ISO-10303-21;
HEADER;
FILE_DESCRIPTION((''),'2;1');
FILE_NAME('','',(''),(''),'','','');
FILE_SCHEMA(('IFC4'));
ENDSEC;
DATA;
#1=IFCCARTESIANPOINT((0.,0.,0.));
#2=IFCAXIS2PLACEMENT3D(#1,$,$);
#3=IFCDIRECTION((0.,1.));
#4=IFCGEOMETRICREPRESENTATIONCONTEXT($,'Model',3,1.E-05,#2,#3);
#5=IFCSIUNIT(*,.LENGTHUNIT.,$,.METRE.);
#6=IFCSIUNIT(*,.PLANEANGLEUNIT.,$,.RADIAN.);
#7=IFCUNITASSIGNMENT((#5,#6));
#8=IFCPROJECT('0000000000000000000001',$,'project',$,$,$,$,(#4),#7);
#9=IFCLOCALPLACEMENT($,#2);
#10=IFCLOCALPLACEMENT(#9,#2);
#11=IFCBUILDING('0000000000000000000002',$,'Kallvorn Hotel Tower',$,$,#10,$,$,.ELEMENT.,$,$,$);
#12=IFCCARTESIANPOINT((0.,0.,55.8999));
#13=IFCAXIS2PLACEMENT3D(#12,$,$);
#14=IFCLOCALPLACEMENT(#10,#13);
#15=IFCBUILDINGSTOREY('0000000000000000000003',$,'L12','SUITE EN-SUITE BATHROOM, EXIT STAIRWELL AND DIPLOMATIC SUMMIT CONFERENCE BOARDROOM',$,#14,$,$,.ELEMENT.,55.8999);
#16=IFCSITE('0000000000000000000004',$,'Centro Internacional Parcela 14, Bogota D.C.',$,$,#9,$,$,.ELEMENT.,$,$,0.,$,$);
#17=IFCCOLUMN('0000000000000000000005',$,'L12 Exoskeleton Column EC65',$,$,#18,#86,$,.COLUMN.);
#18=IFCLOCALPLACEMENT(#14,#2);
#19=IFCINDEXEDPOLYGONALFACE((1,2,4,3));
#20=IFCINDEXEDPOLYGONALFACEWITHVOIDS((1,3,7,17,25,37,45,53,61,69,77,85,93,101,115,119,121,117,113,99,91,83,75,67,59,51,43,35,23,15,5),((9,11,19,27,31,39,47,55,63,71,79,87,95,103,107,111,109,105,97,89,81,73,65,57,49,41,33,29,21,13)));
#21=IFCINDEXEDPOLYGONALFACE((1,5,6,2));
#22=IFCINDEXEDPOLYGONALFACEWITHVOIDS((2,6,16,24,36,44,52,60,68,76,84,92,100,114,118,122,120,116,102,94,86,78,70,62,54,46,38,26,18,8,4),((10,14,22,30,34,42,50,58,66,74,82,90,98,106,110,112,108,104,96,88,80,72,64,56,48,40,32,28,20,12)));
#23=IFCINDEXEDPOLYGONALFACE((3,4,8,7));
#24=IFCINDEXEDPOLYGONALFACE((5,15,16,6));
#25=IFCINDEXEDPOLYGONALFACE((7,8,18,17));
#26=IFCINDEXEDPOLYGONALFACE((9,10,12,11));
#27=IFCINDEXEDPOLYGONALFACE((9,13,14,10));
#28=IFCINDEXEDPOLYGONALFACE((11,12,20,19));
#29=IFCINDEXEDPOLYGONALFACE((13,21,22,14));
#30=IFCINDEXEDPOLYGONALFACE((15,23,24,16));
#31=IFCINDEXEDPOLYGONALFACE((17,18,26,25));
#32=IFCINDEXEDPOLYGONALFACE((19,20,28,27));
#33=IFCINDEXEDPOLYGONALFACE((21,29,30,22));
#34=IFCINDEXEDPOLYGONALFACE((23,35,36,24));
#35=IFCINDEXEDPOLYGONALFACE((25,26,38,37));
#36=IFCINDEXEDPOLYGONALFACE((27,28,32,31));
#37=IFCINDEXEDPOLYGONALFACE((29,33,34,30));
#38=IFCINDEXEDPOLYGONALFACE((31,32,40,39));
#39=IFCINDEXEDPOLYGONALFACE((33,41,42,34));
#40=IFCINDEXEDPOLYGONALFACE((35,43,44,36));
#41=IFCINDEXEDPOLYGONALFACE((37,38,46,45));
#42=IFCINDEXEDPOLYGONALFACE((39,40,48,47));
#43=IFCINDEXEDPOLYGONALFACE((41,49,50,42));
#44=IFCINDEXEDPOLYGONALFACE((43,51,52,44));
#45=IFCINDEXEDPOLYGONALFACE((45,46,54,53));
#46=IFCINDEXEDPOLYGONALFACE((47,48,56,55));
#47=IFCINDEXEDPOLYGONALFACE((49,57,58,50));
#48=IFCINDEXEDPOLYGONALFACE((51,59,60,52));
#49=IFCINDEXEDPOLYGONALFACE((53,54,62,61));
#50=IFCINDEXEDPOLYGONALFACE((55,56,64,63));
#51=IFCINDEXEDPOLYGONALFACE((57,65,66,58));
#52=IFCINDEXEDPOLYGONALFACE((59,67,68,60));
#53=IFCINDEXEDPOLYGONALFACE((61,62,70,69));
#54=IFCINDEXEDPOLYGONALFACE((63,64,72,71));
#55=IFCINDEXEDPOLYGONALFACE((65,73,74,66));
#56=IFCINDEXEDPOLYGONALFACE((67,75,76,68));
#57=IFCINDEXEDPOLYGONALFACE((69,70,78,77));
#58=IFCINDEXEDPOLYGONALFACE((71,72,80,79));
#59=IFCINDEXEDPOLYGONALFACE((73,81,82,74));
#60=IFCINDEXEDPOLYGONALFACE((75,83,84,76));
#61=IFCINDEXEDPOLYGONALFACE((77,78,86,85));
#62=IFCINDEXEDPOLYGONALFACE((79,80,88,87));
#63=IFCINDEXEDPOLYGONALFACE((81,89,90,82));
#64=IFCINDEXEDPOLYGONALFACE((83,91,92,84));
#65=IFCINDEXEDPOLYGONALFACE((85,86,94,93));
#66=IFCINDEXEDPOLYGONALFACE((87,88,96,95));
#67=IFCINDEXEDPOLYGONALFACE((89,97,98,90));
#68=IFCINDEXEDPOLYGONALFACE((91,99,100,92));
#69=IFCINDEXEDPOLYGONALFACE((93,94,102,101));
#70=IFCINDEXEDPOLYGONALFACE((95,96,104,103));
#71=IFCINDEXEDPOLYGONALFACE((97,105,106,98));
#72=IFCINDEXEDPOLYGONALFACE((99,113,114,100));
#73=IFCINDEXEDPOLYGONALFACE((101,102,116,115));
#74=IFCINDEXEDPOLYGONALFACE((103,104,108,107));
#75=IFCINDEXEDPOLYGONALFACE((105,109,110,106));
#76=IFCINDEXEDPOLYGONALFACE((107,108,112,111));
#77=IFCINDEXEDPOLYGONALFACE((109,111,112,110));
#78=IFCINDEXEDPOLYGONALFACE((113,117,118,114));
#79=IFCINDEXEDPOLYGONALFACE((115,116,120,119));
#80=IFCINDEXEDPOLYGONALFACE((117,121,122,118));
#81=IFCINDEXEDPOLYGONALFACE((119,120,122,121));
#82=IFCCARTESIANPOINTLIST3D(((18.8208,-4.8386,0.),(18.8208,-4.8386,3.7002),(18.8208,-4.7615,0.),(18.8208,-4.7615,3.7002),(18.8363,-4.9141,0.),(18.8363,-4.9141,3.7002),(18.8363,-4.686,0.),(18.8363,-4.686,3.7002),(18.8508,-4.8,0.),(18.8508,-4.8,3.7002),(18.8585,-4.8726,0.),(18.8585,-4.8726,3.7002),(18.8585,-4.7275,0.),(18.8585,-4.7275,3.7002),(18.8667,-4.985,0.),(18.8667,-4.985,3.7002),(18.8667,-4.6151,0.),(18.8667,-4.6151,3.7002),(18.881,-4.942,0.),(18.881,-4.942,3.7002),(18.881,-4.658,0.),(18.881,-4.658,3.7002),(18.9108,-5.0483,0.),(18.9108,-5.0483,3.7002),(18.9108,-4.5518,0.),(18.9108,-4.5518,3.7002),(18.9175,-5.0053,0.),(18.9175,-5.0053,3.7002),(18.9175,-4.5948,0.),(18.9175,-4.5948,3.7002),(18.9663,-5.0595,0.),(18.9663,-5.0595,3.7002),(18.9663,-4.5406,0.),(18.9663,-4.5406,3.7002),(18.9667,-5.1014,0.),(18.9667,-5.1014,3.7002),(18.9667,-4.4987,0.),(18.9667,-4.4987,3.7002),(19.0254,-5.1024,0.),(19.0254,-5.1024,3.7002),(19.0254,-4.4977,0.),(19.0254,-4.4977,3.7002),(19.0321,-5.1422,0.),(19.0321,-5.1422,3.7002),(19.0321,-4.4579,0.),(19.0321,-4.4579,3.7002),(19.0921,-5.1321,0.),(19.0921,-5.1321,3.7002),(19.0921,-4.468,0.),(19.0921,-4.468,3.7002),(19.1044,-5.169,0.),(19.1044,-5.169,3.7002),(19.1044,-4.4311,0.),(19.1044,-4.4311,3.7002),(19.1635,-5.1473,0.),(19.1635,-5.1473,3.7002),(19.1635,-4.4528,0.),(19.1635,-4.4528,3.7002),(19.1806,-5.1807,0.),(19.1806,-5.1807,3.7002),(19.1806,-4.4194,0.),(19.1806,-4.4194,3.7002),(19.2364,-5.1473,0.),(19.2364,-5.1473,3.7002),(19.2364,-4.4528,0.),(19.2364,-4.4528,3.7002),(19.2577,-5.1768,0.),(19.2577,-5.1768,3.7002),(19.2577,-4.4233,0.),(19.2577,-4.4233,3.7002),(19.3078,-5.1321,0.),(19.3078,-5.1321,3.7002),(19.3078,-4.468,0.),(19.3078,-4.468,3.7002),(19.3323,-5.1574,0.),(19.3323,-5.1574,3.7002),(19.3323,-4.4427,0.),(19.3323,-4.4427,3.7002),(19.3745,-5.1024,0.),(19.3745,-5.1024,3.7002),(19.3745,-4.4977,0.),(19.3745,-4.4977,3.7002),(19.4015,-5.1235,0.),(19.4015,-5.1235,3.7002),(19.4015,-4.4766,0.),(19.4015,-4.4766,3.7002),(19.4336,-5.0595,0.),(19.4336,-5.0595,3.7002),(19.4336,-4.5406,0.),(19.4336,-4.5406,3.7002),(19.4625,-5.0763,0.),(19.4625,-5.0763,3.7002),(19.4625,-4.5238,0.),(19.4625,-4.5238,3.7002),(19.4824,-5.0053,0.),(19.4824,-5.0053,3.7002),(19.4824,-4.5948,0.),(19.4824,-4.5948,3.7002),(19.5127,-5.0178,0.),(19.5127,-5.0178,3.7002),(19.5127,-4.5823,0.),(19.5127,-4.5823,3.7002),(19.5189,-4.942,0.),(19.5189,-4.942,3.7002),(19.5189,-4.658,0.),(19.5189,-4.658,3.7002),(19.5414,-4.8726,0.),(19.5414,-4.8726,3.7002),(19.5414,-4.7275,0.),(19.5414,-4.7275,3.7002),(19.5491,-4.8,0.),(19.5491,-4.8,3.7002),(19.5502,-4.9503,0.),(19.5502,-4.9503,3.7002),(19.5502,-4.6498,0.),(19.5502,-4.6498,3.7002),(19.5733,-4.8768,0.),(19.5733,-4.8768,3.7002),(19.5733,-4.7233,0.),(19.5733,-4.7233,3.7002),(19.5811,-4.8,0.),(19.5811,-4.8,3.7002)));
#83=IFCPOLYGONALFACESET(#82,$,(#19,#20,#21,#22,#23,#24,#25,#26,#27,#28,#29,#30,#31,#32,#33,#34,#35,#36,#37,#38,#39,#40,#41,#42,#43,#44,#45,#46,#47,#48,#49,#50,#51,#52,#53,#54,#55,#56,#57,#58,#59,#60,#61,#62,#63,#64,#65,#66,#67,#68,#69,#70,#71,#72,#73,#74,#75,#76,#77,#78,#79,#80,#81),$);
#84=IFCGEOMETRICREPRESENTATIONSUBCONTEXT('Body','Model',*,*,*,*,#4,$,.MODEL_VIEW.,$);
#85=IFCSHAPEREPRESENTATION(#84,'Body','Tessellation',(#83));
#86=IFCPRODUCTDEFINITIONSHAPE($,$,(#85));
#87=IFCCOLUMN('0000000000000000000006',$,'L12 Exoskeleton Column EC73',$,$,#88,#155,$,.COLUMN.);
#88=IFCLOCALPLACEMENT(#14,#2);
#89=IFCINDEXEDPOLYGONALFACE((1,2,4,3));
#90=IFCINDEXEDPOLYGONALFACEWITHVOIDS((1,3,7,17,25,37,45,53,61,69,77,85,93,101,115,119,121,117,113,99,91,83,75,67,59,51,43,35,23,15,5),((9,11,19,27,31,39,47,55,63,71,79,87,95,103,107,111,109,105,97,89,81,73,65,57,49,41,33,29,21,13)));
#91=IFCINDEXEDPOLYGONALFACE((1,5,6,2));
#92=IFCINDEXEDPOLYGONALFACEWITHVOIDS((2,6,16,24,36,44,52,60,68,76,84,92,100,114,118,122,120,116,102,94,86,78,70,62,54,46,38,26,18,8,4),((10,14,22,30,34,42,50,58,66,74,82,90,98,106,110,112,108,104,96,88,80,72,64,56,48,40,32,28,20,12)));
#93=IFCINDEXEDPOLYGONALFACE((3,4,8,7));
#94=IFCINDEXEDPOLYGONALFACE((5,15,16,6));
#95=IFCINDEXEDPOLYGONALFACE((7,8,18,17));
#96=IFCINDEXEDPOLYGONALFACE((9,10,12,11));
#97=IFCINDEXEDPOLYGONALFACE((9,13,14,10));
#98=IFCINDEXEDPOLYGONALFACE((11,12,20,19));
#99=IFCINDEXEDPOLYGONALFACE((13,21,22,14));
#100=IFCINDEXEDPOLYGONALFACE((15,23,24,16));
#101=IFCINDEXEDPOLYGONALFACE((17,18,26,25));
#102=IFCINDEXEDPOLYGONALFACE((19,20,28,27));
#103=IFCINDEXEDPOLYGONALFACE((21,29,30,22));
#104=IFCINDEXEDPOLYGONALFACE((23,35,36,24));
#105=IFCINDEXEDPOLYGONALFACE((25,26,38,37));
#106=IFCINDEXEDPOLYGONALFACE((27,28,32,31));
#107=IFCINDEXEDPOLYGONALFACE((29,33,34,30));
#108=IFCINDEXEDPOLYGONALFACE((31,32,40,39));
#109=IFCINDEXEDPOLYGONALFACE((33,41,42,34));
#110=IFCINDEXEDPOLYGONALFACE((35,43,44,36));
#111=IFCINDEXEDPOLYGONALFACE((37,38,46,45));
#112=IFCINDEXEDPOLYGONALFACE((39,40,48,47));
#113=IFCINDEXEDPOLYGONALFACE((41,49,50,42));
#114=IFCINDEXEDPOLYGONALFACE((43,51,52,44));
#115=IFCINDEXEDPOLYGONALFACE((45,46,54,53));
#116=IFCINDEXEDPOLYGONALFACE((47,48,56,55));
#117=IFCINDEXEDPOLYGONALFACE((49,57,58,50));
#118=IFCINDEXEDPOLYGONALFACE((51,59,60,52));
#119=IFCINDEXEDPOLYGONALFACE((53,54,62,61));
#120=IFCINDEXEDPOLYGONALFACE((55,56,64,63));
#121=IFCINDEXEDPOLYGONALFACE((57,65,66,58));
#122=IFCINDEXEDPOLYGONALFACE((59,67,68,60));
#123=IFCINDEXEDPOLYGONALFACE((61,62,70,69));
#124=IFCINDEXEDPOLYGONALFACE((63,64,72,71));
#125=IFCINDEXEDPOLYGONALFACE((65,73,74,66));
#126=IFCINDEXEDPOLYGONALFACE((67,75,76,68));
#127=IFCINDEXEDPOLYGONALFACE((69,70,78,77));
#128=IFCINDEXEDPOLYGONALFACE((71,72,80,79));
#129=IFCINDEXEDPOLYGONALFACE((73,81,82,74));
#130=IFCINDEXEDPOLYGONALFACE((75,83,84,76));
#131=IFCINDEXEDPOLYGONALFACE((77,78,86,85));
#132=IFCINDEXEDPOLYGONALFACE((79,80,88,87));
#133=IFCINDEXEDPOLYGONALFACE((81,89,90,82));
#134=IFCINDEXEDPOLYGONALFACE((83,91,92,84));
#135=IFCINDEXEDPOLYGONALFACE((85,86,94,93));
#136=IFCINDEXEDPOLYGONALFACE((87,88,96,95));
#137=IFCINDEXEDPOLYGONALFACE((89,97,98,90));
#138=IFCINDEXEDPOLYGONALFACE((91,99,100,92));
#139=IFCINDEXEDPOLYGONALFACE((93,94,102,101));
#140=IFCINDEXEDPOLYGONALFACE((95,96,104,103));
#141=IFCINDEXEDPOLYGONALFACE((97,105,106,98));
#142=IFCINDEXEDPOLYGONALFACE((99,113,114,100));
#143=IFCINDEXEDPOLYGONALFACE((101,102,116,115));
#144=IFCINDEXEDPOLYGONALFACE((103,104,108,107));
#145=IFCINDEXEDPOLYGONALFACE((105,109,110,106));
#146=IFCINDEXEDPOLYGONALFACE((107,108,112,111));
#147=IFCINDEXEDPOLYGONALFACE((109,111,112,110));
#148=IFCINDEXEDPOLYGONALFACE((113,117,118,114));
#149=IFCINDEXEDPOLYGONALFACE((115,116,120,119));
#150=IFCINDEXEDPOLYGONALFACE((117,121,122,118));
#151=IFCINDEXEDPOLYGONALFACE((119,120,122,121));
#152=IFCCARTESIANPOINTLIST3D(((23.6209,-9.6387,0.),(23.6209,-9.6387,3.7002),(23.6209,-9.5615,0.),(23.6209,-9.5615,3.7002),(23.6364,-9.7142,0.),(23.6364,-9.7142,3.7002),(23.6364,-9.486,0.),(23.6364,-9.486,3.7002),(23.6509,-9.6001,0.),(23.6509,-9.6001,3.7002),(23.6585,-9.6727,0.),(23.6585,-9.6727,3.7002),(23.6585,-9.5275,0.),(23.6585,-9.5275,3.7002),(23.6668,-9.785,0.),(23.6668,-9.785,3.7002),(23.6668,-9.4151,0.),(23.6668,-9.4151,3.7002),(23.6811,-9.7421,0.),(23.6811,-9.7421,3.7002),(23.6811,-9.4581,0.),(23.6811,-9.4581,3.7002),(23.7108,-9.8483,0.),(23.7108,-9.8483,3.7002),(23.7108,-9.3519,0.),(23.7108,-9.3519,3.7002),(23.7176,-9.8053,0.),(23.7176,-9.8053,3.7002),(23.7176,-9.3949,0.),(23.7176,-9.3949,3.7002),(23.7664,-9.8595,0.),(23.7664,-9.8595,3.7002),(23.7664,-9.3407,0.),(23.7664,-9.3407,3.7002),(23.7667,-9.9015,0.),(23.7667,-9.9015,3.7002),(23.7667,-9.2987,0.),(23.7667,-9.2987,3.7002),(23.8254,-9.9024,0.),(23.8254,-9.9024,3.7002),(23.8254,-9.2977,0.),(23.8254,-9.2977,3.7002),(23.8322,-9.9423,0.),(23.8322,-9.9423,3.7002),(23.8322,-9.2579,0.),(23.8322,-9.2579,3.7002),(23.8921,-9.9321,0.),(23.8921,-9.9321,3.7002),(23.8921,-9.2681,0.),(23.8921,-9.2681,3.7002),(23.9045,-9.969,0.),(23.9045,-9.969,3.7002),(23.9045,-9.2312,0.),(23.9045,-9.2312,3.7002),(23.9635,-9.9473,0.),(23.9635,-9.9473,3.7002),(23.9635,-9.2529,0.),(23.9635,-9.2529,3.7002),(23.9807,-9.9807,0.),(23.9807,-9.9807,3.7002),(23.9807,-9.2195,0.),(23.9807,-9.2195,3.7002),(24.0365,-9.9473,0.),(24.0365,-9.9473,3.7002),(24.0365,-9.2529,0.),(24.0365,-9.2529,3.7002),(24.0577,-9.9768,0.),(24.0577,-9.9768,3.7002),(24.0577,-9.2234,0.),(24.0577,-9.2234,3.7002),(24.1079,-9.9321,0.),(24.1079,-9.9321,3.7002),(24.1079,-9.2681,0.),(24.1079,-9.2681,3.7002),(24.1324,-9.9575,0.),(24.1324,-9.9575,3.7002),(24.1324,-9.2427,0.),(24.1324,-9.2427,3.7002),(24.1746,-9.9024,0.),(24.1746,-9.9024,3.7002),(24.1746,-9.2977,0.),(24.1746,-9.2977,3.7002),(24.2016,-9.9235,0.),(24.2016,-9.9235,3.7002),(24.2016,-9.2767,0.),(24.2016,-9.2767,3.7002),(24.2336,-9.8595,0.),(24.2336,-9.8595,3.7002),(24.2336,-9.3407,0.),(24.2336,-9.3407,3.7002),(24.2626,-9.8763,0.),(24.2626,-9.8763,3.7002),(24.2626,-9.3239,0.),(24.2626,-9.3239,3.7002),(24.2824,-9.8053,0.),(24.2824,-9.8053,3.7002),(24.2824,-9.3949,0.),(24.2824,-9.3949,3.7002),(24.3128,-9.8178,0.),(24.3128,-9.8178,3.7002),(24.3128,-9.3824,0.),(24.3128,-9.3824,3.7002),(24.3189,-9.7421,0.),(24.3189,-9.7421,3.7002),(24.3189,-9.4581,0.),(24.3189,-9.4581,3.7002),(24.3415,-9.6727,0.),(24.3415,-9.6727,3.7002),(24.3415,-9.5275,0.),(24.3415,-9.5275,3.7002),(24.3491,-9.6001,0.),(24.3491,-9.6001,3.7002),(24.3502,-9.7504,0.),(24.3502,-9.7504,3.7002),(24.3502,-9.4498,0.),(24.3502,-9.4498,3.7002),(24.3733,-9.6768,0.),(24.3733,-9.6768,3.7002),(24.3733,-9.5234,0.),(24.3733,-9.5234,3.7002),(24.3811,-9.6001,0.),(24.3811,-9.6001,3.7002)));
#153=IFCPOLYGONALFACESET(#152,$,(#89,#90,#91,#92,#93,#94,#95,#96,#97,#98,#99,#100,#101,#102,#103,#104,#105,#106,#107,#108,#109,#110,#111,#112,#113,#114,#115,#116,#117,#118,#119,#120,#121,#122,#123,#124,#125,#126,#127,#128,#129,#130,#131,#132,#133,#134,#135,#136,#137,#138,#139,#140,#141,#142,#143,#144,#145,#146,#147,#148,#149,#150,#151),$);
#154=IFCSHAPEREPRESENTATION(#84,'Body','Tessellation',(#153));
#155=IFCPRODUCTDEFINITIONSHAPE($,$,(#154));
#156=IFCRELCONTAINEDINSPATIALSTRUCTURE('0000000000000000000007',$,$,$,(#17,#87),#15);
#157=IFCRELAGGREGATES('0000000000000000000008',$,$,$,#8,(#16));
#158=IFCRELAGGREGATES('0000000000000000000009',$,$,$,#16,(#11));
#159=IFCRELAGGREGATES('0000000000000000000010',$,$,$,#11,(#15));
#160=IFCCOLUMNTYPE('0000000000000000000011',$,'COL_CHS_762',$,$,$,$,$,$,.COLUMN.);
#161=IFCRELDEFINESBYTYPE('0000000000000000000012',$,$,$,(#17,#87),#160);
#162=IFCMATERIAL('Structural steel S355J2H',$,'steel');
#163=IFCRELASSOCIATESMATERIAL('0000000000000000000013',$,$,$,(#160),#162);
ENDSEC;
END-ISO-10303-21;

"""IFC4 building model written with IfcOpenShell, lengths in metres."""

from ifc_helpers import new_model, si_unit, direction, frame, origin, origin_2d, place, context, subcontext, project, spatial, hollow_circle, extrude, material, material_profile, profile_set, type_object, element, save


model = new_model("IFC4")

# Units and contexts
model_context = context("Model", 3, precision=1e-05, world=origin(), true_north=direction((0.0, 1.0)))
body_context = subcontext(model_context, "Body", "Model", "MODEL_VIEW")
ifc_project = project(units=[si_unit("LENGTHUNIT", "METRE"), si_unit("PLANEANGLEUNIT", "RADIAN")], contexts=[model_context])

# Site, building, storey
site_placement = place(None, origin())
site = spatial("IfcSite", under=ifc_project, at=site_placement, Name="Centro Internacional Parcela 14, Bogota D.C.", CompositionType="ELEMENT", RefElevation=0.0)
building_placement = place(site_placement, origin())
building = spatial("IfcBuilding", under=site, at=building_placement, Name="Kallvorn Hotel Tower", CompositionType="ELEMENT")
storey_placement = place(building_placement, frame((0.0, 0.0, 55.8999)))
storey = spatial("IfcBuildingStorey", under=building, at=storey_placement, Name="L12", Description="SUITE EN-SUITE BATHROOM, EXIT STAIRWELL AND DIPLOMATIC SUMMIT CONFERENCE BOARDROOM", CompositionType="ELEMENT", Elevation=55.8999)

# Columns
ifc_material_1 = material(Name="Structural steel S355J2H", Category="steel")
ifc_material_profile_1 = material_profile(ifc_material_1, hollow_circle(Radius=0.3811, WallThickness=0.032, at=origin_2d()), Name="CHS 762x32")
ifc_profile_set_1 = profile_set([ifc_material_profile_1], Name="Structural steel S355J2H")
column_type_1 = type_object("IfcColumnType", Name="COL_CHS_762", PredefinedType="COLUMN", material=ifc_profile_set_1)
for number, where, z_axis, x_axis, name in (
    (1, (19.2, -4.8, 0.0), (0.0, 0.0, 1.0), (1.0, 0.0, 0.0), "L12 Exoskeleton Column EC65"),
    (2, (24.0, -9.6001, 0.0), (0.0, 0.0, 1.0), (1.0, 0.0, 0.0), "L12 Exoskeleton Column EC73"),
):
    element("IfcColumn", number, at=place(storey_placement, frame(where, z_axis=z_axis, x_axis=x_axis)), inside=storey, type_object=column_type_1, Name=name, PredefinedType="COLUMN", context=body_context, shape_type="SweptSolid", body=[
        extrude(hollow_circle(Radius=0.3811, WallThickness=0.032, at=origin_2d()), origin(), (0.0, 0.0, 1.0), 3.7002),
    ])

save(model, "model.ifc")
